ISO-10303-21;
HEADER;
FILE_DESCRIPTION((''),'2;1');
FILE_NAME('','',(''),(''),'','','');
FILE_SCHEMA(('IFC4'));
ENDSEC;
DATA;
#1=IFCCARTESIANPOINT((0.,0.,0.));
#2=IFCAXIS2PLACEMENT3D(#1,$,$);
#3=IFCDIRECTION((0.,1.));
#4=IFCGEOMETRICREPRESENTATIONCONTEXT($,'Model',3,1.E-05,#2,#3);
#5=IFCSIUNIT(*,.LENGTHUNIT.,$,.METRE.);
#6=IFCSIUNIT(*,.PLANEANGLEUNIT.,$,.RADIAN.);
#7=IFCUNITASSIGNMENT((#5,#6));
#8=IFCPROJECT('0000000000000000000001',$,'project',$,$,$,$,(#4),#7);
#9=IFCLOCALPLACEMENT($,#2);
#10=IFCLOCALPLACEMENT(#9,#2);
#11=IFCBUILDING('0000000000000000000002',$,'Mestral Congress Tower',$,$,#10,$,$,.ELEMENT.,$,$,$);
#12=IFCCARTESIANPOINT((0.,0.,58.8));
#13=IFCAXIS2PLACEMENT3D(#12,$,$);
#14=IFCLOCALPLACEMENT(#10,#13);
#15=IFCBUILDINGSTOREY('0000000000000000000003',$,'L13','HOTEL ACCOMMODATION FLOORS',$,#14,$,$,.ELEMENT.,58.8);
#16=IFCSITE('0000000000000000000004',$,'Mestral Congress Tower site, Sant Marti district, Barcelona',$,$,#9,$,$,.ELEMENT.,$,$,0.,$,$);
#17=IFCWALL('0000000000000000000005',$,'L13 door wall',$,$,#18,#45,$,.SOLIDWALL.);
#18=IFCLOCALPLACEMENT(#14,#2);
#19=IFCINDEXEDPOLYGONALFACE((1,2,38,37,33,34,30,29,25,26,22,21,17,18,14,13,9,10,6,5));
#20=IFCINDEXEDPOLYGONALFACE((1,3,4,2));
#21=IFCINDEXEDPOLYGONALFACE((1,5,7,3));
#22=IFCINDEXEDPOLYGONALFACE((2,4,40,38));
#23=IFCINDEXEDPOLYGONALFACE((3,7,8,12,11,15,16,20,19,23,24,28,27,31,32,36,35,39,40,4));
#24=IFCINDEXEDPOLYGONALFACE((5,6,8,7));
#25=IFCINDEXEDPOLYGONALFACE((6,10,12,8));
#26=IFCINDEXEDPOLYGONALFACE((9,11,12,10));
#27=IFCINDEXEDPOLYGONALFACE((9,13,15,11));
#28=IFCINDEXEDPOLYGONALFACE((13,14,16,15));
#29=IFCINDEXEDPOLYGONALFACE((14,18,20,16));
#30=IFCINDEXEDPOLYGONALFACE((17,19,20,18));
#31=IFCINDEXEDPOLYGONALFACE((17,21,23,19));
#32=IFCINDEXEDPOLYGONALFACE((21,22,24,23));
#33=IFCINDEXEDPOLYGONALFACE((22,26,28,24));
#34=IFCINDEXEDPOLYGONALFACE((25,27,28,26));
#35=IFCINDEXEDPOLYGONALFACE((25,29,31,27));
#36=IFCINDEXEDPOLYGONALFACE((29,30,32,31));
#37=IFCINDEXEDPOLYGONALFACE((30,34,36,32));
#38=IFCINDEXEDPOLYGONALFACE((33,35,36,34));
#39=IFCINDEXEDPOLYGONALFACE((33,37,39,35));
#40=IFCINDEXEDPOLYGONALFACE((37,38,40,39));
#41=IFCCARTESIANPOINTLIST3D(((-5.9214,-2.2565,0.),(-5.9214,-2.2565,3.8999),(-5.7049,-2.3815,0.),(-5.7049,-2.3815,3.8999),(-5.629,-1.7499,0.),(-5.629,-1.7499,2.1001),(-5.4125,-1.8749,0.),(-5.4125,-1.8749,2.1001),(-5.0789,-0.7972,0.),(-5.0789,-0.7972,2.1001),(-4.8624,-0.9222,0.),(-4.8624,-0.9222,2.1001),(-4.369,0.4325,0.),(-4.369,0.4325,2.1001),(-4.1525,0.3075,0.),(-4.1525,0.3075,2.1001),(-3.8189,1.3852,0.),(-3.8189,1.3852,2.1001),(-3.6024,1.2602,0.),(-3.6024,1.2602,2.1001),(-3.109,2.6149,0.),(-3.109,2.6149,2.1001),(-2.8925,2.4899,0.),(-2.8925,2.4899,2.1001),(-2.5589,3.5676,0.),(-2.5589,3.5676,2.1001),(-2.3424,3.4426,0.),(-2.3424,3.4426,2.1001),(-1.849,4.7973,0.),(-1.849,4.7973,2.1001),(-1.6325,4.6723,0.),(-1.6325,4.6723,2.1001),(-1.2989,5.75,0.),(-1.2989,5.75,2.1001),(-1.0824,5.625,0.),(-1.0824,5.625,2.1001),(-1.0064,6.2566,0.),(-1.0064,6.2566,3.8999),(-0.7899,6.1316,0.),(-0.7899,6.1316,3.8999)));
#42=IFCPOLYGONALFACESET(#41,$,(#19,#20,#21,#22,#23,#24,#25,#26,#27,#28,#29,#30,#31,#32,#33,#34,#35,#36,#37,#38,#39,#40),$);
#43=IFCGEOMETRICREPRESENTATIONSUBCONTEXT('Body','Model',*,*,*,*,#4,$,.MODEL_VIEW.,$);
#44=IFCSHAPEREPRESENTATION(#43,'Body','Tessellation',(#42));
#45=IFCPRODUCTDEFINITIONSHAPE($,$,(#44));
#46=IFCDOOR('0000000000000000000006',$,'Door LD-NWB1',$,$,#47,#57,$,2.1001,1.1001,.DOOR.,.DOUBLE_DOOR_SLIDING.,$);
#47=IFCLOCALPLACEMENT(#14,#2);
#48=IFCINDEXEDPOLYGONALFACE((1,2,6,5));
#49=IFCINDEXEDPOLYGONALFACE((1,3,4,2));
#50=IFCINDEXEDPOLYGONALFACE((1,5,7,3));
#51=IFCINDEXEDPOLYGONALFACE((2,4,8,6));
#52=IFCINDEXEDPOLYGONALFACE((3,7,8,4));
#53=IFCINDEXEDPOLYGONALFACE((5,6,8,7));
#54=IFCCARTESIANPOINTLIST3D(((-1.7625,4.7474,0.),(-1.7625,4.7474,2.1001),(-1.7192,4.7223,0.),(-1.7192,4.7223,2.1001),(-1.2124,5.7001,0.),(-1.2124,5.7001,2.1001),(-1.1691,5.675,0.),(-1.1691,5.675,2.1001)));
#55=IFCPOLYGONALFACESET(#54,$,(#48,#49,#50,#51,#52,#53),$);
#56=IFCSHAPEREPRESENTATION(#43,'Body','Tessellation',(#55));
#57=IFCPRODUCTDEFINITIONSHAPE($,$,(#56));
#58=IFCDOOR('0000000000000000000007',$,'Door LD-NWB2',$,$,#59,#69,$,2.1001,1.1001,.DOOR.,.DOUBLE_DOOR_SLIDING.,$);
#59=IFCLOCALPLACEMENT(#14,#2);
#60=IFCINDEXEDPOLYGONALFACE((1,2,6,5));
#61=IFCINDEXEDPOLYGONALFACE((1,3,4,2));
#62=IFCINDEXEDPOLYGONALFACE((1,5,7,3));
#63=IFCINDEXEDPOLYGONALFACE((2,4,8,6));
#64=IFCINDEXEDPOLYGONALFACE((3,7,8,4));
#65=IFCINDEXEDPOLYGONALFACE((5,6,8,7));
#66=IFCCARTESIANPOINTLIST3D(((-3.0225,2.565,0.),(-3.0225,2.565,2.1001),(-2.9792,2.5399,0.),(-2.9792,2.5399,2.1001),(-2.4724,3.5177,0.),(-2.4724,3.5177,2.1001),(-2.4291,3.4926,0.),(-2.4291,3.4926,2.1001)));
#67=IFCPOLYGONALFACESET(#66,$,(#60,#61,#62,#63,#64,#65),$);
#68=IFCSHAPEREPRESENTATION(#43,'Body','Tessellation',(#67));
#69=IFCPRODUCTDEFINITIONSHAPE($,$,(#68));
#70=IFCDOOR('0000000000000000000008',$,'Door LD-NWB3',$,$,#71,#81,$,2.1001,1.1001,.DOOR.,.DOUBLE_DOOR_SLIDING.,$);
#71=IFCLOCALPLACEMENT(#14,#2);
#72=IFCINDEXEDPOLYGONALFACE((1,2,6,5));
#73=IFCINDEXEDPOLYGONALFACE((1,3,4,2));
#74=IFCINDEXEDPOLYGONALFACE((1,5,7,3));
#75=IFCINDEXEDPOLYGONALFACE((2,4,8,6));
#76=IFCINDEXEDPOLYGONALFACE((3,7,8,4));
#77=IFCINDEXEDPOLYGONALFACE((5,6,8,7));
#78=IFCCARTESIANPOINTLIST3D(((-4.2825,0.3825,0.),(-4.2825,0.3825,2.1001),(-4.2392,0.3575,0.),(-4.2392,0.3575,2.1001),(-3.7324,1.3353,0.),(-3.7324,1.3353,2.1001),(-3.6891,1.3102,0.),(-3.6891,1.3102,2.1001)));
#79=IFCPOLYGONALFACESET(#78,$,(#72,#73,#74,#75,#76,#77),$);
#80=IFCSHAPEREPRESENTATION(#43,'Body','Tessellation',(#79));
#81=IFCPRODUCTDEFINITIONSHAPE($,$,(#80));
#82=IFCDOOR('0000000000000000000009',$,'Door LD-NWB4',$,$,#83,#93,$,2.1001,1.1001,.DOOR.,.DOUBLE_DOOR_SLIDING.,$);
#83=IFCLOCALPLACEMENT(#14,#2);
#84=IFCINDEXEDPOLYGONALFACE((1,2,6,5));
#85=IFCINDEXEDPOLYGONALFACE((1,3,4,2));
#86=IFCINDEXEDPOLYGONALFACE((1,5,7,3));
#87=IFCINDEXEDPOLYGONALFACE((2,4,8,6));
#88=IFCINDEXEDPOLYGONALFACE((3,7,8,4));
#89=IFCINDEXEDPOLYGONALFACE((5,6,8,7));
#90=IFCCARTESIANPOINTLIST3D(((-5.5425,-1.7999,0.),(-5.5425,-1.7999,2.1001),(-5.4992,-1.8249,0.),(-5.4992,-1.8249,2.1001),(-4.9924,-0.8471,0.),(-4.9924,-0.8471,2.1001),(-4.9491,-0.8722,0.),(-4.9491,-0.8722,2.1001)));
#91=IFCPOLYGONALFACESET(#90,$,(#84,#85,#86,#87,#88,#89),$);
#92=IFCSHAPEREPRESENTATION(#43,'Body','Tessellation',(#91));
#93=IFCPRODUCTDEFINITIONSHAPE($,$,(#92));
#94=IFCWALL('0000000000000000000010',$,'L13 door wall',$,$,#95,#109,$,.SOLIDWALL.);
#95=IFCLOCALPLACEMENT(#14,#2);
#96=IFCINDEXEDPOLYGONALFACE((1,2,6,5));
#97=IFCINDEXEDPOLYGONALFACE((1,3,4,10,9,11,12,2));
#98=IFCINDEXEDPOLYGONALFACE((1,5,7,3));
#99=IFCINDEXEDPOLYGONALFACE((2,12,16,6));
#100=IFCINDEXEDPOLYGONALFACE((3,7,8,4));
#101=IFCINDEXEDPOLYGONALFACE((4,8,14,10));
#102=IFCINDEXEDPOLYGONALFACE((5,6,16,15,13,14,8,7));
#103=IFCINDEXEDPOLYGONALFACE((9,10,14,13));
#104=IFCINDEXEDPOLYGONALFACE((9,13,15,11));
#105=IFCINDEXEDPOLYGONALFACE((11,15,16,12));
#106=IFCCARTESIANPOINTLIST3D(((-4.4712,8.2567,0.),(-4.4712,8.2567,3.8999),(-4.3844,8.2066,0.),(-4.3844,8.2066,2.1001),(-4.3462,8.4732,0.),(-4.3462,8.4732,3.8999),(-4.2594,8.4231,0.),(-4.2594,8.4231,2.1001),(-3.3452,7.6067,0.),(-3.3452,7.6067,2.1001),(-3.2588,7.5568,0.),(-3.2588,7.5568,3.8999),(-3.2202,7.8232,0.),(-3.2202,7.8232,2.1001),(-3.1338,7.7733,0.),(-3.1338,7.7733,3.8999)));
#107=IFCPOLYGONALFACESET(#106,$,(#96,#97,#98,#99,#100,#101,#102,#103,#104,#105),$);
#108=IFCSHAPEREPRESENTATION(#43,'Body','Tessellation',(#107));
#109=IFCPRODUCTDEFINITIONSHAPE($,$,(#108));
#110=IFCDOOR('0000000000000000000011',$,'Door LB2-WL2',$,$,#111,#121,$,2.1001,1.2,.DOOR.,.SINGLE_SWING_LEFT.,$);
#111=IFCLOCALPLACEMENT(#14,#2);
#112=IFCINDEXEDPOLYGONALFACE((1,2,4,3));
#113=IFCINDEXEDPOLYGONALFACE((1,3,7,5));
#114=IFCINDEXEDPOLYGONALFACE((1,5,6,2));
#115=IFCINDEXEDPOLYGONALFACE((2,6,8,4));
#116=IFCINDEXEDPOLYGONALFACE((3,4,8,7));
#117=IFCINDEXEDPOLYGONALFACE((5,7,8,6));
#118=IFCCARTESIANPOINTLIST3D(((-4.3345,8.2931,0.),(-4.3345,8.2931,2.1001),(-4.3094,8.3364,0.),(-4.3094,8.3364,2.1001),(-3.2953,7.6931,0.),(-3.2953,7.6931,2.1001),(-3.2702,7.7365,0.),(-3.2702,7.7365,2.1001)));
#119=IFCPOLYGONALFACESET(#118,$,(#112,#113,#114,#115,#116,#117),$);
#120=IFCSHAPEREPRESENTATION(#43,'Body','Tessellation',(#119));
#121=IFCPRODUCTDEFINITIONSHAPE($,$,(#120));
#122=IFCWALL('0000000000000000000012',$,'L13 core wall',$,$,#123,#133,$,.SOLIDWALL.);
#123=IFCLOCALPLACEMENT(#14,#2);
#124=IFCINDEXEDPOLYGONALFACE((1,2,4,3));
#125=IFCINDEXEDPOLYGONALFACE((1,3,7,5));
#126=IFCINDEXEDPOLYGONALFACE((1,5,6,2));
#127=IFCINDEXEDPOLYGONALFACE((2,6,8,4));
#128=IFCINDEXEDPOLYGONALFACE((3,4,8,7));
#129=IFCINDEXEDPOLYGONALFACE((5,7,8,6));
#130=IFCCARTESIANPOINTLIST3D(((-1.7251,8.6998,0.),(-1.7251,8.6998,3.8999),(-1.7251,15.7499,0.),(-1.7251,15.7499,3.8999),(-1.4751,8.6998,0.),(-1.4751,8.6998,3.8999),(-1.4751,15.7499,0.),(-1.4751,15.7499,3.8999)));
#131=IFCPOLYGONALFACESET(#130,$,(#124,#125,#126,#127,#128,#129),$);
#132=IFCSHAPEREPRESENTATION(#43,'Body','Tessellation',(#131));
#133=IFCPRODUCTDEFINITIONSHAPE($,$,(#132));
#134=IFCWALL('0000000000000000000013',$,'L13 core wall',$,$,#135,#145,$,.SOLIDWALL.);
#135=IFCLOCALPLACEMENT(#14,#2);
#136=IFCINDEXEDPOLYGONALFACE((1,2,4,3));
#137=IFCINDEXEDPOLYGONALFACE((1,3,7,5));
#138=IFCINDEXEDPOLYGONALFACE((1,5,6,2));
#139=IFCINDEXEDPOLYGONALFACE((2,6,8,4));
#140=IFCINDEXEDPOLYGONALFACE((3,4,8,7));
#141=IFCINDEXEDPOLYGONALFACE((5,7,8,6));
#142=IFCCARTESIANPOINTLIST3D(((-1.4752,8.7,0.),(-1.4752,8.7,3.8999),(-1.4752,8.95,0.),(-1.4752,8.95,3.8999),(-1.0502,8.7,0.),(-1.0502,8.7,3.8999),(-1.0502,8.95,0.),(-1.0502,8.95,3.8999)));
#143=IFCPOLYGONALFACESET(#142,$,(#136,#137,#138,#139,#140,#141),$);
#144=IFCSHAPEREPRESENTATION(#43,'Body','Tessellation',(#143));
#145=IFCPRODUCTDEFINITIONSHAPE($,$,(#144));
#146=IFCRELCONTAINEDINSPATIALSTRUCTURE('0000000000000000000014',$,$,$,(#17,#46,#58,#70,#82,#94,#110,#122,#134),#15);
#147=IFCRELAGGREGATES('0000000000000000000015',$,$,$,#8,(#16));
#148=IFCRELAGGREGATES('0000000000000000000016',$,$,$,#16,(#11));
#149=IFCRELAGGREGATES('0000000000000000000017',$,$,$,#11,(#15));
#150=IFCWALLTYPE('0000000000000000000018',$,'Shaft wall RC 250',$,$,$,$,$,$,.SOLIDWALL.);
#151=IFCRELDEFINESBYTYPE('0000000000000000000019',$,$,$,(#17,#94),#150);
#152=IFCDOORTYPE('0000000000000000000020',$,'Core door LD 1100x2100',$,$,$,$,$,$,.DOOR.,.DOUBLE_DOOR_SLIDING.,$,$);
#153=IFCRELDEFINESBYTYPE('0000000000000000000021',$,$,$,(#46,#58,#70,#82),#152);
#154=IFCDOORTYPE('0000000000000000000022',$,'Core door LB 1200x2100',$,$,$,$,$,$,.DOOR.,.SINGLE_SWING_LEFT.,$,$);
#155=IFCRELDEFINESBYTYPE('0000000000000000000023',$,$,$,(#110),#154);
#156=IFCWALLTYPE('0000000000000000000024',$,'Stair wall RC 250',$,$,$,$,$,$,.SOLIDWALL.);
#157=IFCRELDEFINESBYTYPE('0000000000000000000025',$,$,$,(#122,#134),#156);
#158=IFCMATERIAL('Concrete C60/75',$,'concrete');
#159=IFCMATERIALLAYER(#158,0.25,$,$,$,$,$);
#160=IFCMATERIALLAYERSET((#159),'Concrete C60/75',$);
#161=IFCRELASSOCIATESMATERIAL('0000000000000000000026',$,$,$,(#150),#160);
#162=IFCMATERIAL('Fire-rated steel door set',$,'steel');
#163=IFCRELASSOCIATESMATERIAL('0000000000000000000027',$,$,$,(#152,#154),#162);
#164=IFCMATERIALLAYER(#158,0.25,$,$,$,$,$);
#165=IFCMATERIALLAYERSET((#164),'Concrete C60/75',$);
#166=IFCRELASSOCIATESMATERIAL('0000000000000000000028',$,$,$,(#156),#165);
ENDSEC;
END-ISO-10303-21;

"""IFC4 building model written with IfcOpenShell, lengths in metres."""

from ifc_helpers import new_model, si_unit, direction, frame, frame_2d, origin, place, context, subcontext, project, spatial, rectangle, extrude, material, layer, layer_set, type_object, element, fill, save


model = new_model("IFC4")

# Units and contexts
model_context = context("Model", 3, precision=1e-05, world=origin(), true_north=direction((0.0, 1.0)))
body_context = subcontext(model_context, "Body", "Model", "MODEL_VIEW")
ifc_project = project(units=[si_unit("LENGTHUNIT", "METRE"), si_unit("PLANEANGLEUNIT", "RADIAN")], contexts=[model_context])

# Site, building, storey
site_placement = place(None, origin())
site = spatial("IfcSite", under=ifc_project, at=site_placement, Name="Mestral Congress Tower site, Sant Marti district, Barcelona", CompositionType="ELEMENT", RefElevation=0.0)
building_placement = place(site_placement, origin())
building = spatial("IfcBuilding", under=site, at=building_placement, Name="Mestral Congress Tower", CompositionType="ELEMENT")
storey_placement = place(building_placement, frame((0.0, 0.0, 58.8)))
storey = spatial("IfcBuildingStorey", under=building, at=storey_placement, Name="L13", Description="HOTEL ACCOMMODATION FLOORS", CompositionType="ELEMENT", Elevation=58.8)

# Shared definitions
ifc_material_1 = material(Name="Fire-rated steel door set", Category="steel")

# Shared definitions
ifc_material_2 = material(Name="Concrete C60/75", Category="concrete")
ifc_layer_1 = layer(ifc_material_2, 0.25)
ifc_layer_set_1 = layer_set([ifc_layer_1], Name="Concrete C60/75")
wall_type_1 = type_object("IfcWallType", Name="Shaft wall RC 250", PredefinedType="SOLIDWALL", material=ifc_layer_set_1)

# Wall, openings, doors
wall_1_placement = place(storey_placement, frame((-0.8982, 6.1941, 0.0), z_axis=(0.0, 0.0, 1.0), x_axis=(-0.499996, -0.866028, 0.0)))
wall_1 = element("IfcWall", 1, at=wall_1_placement, inside=storey, type_object=wall_type_1, Name="L13 door wall", PredefinedType="SOLIDWALL", context=body_context, shape_type="SweptSolid", body=[
    extrude(rectangle(XDim=9.8301, YDim=0.25, at=frame_2d((4.915, 0.0))), origin(), (0.0, 0.0, 1.0), 3.8999),
])
opening_1_placement = place(wall_1_placement, frame((0.585, 0.0, 0.0)))
opening_1 = element("IfcOpeningElement", 2, at=opening_1_placement, cuts=wall_1, PredefinedType="OPENING", context=body_context, shape_type="SweptSolid", body=[
    extrude(rectangle(XDim=1.1001, YDim=2.1001, at=frame_2d((0.55, 1.05))), frame((0.0, 0.135, 0.0), z_axis=(0.0, -1.0, 0.0), x_axis=(1.0, 0.0, 0.0)), (0.0, 0.0, 1.0), 0.27),
])
opening_2_placement = place(wall_1_placement, frame((3.105, 0.0, 0.0)))
opening_2 = element("IfcOpeningElement", 3, at=opening_2_placement, cuts=wall_1, PredefinedType="OPENING", context=body_context, shape_type="SweptSolid", body=[
    extrude(rectangle(XDim=1.1001, YDim=2.1001, at=frame_2d((0.55, 1.05))), frame((0.0, 0.135, 0.0), z_axis=(0.0, -1.0, 0.0), x_axis=(1.0, 0.0, 0.0)), (0.0, 0.0, 1.0), 0.27),
])
opening_3_placement = place(wall_1_placement, frame((5.625, 0.0, 0.0)))
opening_3 = element("IfcOpeningElement", 4, at=opening_3_placement, cuts=wall_1, PredefinedType="OPENING", context=body_context, shape_type="SweptSolid", body=[
    extrude(rectangle(XDim=1.1001, YDim=2.1001, at=frame_2d((0.55, 1.05))), frame((0.0, 0.135, 0.0), z_axis=(0.0, -1.0, 0.0), x_axis=(1.0, 0.0, 0.0)), (0.0, 0.0, 1.0), 0.27),
])
opening_4_placement = place(wall_1_placement, frame((8.145, 0.0, 0.0)))
opening_4 = element("IfcOpeningElement", 5, at=opening_4_placement, cuts=wall_1, PredefinedType="OPENING", context=body_context, shape_type="SweptSolid", body=[
    extrude(rectangle(XDim=1.1001, YDim=2.1001, at=frame_2d((0.55, 1.05))), frame((0.0, 0.135, 0.0), z_axis=(0.0, -1.0, 0.0), x_axis=(1.0, 0.0, 0.0)), (0.0, 0.0, 1.0), 0.27),
])
door_type_1 = type_object("IfcDoorType", Name="Core door LD 1100x2100", OperationType="DOUBLE_DOOR_SLIDING", PredefinedType="DOOR", material=ifc_material_1)
door_1_placement = place(opening_1_placement, origin())
door_1 = element("IfcDoor", 6, at=door_1_placement, inside=storey, type_object=door_type_1, Name="Door LD-NWB1", OperationType="DOUBLE_DOOR_SLIDING", OverallHeight=2.1001, OverallWidth=1.1001, PredefinedType="DOOR", context=body_context, shape_type="SweptSolid", body=[
    extrude(rectangle(XDim=1.1001, YDim=2.1001, at=frame_2d((0.55, 1.05))), frame((0.0, 0.0249, 0.0), z_axis=(0.0, -1.0, 0.0), x_axis=(1.0, 0.0, 0.0)), (0.0, 0.0, 1.0), 0.05),
])
fill(opening_1, door_1)
door_2_placement = place(opening_2_placement, origin())
door_2 = element("IfcDoor", 7, at=door_2_placement, inside=storey, type_object=door_type_1, Name="Door LD-NWB2", OperationType="DOUBLE_DOOR_SLIDING", OverallHeight=2.1001, OverallWidth=1.1001, PredefinedType="DOOR", context=body_context, shape_type="SweptSolid", body=[
    extrude(rectangle(XDim=1.1001, YDim=2.1001, at=frame_2d((0.55, 1.05))), frame((0.0, 0.0249, 0.0), z_axis=(0.0, -1.0, 0.0), x_axis=(1.0, 0.0, 0.0)), (0.0, 0.0, 1.0), 0.05),
])
fill(opening_2, door_2)
door_3_placement = place(opening_3_placement, origin())
door_3 = element("IfcDoor", 8, at=door_3_placement, inside=storey, type_object=door_type_1, Name="Door LD-NWB3", OperationType="DOUBLE_DOOR_SLIDING", OverallHeight=2.1001, OverallWidth=1.1001, PredefinedType="DOOR", context=body_context, shape_type="SweptSolid", body=[
    extrude(rectangle(XDim=1.1001, YDim=2.1001, at=frame_2d((0.55, 1.05))), frame((0.0, 0.0249, 0.0), z_axis=(0.0, -1.0, 0.0), x_axis=(1.0, 0.0, 0.0)), (0.0, 0.0, 1.0), 0.05),
])
fill(opening_3, door_3)
door_4_placement = place(opening_4_placement, origin())
door_4 = element("IfcDoor", 9, at=door_4_placement, inside=storey, type_object=door_type_1, Name="Door LD-NWB4", OperationType="DOUBLE_DOOR_SLIDING", OverallHeight=2.1001, OverallWidth=1.1001, PredefinedType="DOOR", context=body_context, shape_type="SweptSolid", body=[
    extrude(rectangle(XDim=1.1001, YDim=2.1001, at=frame_2d((0.55, 1.05))), frame((0.0, 0.0249, 0.0), z_axis=(0.0, -1.0, 0.0), x_axis=(1.0, 0.0, 0.0)), (0.0, 0.0, 1.0), 0.05),
])
fill(opening_4, door_4)

# Wall, opening, door
wall_2_placement = place(storey_placement, frame((-4.4087, 8.365, 0.0), z_axis=(0.0, 0.0, 1.0), x_axis=(0.866035, -0.499984, 0.0)))
wall_2 = element("IfcWall", 10, at=wall_2_placement, inside=storey, type_object=wall_type_1, Name="L13 door wall", PredefinedType="SOLIDWALL", context=body_context, shape_type="SweptSolid", body=[
    extrude(rectangle(XDim=1.3999, YDim=0.25, at=frame_2d((0.7, 0.0))), origin(), (0.0, 0.0, 1.0), 3.8999),
])
opening_5_placement = place(wall_2_placement, frame((0.1001, 0.0, 0.0)))
opening_5 = element("IfcOpeningElement", 11, at=opening_5_placement, cuts=wall_2, PredefinedType="OPENING", context=body_context, shape_type="SweptSolid", body=[
    extrude(rectangle(XDim=1.2, YDim=2.1001, at=frame_2d((0.6001, 1.05))), frame((0.0, 0.135, 0.0), z_axis=(0.0, -1.0, 0.0), x_axis=(1.0, 0.0, 0.0)), (0.0, 0.0, 1.0), 0.27),
])
door_type_2 = type_object("IfcDoorType", Name="Core door LB 1200x2100", OperationType="SINGLE_SWING_LEFT", PredefinedType="DOOR", material=ifc_material_1)
door_5_placement = place(opening_5_placement, origin())
door_5 = element("IfcDoor", 12, at=door_5_placement, inside=storey, type_object=door_type_2, Name="Door LB2-WL2", OperationType="SINGLE_SWING_LEFT", OverallHeight=2.1001, OverallWidth=1.2, PredefinedType="DOOR", context=body_context, shape_type="SweptSolid", body=[
    extrude(rectangle(XDim=1.2, YDim=2.1001, at=frame_2d((0.6001, 1.05))), frame((0.0, 0.0249, 0.0), z_axis=(0.0, -1.0, 0.0), x_axis=(1.0, 0.0, 0.0)), (0.0, 0.0, 1.0), 0.05),
])
fill(opening_5, door_5)

# Walls
ifc_layer_2 = layer(ifc_material_2, 0.25)
ifc_layer_set_2 = layer_set([ifc_layer_2], Name="Concrete C60/75")
wall_type_2 = type_object("IfcWallType", Name="Stair wall RC 250", PredefinedType="SOLIDWALL", material=ifc_layer_set_2)
wall_3_placement = place(storey_placement, frame((-1.6001, 8.7, 0.0), z_axis=(0.0, 0.0, 1.0), x_axis=(0.0, 1.0, 0.0)))
element("IfcWall", 13, at=wall_3_placement, inside=storey, type_object=wall_type_2, Name="L13 core wall", PredefinedType="SOLIDWALL", context=body_context, shape_type="SweptSolid", body=[
    extrude(rectangle(XDim=7.05, YDim=0.25, at=frame_2d((3.5249, 0.0))), origin(), (0.0, 0.0, 1.0), 3.8999),
])
wall_4_placement = place(storey_placement, frame((-1.4751, 8.825, 0.0), z_axis=(0.0, 0.0, 1.0), x_axis=(1.0, 0.0, 0.0)))
element("IfcWall", 14, at=wall_4_placement, inside=storey, type_object=wall_type_2, Name="L13 core wall", PredefinedType="SOLIDWALL", context=body_context, shape_type="SweptSolid", body=[
    extrude(rectangle(XDim=0.425, YDim=0.25, at=frame_2d((0.2124, 0.0))), origin(), (0.0, 0.0, 1.0), 3.8999),
])

save(model, "model.ifc")
